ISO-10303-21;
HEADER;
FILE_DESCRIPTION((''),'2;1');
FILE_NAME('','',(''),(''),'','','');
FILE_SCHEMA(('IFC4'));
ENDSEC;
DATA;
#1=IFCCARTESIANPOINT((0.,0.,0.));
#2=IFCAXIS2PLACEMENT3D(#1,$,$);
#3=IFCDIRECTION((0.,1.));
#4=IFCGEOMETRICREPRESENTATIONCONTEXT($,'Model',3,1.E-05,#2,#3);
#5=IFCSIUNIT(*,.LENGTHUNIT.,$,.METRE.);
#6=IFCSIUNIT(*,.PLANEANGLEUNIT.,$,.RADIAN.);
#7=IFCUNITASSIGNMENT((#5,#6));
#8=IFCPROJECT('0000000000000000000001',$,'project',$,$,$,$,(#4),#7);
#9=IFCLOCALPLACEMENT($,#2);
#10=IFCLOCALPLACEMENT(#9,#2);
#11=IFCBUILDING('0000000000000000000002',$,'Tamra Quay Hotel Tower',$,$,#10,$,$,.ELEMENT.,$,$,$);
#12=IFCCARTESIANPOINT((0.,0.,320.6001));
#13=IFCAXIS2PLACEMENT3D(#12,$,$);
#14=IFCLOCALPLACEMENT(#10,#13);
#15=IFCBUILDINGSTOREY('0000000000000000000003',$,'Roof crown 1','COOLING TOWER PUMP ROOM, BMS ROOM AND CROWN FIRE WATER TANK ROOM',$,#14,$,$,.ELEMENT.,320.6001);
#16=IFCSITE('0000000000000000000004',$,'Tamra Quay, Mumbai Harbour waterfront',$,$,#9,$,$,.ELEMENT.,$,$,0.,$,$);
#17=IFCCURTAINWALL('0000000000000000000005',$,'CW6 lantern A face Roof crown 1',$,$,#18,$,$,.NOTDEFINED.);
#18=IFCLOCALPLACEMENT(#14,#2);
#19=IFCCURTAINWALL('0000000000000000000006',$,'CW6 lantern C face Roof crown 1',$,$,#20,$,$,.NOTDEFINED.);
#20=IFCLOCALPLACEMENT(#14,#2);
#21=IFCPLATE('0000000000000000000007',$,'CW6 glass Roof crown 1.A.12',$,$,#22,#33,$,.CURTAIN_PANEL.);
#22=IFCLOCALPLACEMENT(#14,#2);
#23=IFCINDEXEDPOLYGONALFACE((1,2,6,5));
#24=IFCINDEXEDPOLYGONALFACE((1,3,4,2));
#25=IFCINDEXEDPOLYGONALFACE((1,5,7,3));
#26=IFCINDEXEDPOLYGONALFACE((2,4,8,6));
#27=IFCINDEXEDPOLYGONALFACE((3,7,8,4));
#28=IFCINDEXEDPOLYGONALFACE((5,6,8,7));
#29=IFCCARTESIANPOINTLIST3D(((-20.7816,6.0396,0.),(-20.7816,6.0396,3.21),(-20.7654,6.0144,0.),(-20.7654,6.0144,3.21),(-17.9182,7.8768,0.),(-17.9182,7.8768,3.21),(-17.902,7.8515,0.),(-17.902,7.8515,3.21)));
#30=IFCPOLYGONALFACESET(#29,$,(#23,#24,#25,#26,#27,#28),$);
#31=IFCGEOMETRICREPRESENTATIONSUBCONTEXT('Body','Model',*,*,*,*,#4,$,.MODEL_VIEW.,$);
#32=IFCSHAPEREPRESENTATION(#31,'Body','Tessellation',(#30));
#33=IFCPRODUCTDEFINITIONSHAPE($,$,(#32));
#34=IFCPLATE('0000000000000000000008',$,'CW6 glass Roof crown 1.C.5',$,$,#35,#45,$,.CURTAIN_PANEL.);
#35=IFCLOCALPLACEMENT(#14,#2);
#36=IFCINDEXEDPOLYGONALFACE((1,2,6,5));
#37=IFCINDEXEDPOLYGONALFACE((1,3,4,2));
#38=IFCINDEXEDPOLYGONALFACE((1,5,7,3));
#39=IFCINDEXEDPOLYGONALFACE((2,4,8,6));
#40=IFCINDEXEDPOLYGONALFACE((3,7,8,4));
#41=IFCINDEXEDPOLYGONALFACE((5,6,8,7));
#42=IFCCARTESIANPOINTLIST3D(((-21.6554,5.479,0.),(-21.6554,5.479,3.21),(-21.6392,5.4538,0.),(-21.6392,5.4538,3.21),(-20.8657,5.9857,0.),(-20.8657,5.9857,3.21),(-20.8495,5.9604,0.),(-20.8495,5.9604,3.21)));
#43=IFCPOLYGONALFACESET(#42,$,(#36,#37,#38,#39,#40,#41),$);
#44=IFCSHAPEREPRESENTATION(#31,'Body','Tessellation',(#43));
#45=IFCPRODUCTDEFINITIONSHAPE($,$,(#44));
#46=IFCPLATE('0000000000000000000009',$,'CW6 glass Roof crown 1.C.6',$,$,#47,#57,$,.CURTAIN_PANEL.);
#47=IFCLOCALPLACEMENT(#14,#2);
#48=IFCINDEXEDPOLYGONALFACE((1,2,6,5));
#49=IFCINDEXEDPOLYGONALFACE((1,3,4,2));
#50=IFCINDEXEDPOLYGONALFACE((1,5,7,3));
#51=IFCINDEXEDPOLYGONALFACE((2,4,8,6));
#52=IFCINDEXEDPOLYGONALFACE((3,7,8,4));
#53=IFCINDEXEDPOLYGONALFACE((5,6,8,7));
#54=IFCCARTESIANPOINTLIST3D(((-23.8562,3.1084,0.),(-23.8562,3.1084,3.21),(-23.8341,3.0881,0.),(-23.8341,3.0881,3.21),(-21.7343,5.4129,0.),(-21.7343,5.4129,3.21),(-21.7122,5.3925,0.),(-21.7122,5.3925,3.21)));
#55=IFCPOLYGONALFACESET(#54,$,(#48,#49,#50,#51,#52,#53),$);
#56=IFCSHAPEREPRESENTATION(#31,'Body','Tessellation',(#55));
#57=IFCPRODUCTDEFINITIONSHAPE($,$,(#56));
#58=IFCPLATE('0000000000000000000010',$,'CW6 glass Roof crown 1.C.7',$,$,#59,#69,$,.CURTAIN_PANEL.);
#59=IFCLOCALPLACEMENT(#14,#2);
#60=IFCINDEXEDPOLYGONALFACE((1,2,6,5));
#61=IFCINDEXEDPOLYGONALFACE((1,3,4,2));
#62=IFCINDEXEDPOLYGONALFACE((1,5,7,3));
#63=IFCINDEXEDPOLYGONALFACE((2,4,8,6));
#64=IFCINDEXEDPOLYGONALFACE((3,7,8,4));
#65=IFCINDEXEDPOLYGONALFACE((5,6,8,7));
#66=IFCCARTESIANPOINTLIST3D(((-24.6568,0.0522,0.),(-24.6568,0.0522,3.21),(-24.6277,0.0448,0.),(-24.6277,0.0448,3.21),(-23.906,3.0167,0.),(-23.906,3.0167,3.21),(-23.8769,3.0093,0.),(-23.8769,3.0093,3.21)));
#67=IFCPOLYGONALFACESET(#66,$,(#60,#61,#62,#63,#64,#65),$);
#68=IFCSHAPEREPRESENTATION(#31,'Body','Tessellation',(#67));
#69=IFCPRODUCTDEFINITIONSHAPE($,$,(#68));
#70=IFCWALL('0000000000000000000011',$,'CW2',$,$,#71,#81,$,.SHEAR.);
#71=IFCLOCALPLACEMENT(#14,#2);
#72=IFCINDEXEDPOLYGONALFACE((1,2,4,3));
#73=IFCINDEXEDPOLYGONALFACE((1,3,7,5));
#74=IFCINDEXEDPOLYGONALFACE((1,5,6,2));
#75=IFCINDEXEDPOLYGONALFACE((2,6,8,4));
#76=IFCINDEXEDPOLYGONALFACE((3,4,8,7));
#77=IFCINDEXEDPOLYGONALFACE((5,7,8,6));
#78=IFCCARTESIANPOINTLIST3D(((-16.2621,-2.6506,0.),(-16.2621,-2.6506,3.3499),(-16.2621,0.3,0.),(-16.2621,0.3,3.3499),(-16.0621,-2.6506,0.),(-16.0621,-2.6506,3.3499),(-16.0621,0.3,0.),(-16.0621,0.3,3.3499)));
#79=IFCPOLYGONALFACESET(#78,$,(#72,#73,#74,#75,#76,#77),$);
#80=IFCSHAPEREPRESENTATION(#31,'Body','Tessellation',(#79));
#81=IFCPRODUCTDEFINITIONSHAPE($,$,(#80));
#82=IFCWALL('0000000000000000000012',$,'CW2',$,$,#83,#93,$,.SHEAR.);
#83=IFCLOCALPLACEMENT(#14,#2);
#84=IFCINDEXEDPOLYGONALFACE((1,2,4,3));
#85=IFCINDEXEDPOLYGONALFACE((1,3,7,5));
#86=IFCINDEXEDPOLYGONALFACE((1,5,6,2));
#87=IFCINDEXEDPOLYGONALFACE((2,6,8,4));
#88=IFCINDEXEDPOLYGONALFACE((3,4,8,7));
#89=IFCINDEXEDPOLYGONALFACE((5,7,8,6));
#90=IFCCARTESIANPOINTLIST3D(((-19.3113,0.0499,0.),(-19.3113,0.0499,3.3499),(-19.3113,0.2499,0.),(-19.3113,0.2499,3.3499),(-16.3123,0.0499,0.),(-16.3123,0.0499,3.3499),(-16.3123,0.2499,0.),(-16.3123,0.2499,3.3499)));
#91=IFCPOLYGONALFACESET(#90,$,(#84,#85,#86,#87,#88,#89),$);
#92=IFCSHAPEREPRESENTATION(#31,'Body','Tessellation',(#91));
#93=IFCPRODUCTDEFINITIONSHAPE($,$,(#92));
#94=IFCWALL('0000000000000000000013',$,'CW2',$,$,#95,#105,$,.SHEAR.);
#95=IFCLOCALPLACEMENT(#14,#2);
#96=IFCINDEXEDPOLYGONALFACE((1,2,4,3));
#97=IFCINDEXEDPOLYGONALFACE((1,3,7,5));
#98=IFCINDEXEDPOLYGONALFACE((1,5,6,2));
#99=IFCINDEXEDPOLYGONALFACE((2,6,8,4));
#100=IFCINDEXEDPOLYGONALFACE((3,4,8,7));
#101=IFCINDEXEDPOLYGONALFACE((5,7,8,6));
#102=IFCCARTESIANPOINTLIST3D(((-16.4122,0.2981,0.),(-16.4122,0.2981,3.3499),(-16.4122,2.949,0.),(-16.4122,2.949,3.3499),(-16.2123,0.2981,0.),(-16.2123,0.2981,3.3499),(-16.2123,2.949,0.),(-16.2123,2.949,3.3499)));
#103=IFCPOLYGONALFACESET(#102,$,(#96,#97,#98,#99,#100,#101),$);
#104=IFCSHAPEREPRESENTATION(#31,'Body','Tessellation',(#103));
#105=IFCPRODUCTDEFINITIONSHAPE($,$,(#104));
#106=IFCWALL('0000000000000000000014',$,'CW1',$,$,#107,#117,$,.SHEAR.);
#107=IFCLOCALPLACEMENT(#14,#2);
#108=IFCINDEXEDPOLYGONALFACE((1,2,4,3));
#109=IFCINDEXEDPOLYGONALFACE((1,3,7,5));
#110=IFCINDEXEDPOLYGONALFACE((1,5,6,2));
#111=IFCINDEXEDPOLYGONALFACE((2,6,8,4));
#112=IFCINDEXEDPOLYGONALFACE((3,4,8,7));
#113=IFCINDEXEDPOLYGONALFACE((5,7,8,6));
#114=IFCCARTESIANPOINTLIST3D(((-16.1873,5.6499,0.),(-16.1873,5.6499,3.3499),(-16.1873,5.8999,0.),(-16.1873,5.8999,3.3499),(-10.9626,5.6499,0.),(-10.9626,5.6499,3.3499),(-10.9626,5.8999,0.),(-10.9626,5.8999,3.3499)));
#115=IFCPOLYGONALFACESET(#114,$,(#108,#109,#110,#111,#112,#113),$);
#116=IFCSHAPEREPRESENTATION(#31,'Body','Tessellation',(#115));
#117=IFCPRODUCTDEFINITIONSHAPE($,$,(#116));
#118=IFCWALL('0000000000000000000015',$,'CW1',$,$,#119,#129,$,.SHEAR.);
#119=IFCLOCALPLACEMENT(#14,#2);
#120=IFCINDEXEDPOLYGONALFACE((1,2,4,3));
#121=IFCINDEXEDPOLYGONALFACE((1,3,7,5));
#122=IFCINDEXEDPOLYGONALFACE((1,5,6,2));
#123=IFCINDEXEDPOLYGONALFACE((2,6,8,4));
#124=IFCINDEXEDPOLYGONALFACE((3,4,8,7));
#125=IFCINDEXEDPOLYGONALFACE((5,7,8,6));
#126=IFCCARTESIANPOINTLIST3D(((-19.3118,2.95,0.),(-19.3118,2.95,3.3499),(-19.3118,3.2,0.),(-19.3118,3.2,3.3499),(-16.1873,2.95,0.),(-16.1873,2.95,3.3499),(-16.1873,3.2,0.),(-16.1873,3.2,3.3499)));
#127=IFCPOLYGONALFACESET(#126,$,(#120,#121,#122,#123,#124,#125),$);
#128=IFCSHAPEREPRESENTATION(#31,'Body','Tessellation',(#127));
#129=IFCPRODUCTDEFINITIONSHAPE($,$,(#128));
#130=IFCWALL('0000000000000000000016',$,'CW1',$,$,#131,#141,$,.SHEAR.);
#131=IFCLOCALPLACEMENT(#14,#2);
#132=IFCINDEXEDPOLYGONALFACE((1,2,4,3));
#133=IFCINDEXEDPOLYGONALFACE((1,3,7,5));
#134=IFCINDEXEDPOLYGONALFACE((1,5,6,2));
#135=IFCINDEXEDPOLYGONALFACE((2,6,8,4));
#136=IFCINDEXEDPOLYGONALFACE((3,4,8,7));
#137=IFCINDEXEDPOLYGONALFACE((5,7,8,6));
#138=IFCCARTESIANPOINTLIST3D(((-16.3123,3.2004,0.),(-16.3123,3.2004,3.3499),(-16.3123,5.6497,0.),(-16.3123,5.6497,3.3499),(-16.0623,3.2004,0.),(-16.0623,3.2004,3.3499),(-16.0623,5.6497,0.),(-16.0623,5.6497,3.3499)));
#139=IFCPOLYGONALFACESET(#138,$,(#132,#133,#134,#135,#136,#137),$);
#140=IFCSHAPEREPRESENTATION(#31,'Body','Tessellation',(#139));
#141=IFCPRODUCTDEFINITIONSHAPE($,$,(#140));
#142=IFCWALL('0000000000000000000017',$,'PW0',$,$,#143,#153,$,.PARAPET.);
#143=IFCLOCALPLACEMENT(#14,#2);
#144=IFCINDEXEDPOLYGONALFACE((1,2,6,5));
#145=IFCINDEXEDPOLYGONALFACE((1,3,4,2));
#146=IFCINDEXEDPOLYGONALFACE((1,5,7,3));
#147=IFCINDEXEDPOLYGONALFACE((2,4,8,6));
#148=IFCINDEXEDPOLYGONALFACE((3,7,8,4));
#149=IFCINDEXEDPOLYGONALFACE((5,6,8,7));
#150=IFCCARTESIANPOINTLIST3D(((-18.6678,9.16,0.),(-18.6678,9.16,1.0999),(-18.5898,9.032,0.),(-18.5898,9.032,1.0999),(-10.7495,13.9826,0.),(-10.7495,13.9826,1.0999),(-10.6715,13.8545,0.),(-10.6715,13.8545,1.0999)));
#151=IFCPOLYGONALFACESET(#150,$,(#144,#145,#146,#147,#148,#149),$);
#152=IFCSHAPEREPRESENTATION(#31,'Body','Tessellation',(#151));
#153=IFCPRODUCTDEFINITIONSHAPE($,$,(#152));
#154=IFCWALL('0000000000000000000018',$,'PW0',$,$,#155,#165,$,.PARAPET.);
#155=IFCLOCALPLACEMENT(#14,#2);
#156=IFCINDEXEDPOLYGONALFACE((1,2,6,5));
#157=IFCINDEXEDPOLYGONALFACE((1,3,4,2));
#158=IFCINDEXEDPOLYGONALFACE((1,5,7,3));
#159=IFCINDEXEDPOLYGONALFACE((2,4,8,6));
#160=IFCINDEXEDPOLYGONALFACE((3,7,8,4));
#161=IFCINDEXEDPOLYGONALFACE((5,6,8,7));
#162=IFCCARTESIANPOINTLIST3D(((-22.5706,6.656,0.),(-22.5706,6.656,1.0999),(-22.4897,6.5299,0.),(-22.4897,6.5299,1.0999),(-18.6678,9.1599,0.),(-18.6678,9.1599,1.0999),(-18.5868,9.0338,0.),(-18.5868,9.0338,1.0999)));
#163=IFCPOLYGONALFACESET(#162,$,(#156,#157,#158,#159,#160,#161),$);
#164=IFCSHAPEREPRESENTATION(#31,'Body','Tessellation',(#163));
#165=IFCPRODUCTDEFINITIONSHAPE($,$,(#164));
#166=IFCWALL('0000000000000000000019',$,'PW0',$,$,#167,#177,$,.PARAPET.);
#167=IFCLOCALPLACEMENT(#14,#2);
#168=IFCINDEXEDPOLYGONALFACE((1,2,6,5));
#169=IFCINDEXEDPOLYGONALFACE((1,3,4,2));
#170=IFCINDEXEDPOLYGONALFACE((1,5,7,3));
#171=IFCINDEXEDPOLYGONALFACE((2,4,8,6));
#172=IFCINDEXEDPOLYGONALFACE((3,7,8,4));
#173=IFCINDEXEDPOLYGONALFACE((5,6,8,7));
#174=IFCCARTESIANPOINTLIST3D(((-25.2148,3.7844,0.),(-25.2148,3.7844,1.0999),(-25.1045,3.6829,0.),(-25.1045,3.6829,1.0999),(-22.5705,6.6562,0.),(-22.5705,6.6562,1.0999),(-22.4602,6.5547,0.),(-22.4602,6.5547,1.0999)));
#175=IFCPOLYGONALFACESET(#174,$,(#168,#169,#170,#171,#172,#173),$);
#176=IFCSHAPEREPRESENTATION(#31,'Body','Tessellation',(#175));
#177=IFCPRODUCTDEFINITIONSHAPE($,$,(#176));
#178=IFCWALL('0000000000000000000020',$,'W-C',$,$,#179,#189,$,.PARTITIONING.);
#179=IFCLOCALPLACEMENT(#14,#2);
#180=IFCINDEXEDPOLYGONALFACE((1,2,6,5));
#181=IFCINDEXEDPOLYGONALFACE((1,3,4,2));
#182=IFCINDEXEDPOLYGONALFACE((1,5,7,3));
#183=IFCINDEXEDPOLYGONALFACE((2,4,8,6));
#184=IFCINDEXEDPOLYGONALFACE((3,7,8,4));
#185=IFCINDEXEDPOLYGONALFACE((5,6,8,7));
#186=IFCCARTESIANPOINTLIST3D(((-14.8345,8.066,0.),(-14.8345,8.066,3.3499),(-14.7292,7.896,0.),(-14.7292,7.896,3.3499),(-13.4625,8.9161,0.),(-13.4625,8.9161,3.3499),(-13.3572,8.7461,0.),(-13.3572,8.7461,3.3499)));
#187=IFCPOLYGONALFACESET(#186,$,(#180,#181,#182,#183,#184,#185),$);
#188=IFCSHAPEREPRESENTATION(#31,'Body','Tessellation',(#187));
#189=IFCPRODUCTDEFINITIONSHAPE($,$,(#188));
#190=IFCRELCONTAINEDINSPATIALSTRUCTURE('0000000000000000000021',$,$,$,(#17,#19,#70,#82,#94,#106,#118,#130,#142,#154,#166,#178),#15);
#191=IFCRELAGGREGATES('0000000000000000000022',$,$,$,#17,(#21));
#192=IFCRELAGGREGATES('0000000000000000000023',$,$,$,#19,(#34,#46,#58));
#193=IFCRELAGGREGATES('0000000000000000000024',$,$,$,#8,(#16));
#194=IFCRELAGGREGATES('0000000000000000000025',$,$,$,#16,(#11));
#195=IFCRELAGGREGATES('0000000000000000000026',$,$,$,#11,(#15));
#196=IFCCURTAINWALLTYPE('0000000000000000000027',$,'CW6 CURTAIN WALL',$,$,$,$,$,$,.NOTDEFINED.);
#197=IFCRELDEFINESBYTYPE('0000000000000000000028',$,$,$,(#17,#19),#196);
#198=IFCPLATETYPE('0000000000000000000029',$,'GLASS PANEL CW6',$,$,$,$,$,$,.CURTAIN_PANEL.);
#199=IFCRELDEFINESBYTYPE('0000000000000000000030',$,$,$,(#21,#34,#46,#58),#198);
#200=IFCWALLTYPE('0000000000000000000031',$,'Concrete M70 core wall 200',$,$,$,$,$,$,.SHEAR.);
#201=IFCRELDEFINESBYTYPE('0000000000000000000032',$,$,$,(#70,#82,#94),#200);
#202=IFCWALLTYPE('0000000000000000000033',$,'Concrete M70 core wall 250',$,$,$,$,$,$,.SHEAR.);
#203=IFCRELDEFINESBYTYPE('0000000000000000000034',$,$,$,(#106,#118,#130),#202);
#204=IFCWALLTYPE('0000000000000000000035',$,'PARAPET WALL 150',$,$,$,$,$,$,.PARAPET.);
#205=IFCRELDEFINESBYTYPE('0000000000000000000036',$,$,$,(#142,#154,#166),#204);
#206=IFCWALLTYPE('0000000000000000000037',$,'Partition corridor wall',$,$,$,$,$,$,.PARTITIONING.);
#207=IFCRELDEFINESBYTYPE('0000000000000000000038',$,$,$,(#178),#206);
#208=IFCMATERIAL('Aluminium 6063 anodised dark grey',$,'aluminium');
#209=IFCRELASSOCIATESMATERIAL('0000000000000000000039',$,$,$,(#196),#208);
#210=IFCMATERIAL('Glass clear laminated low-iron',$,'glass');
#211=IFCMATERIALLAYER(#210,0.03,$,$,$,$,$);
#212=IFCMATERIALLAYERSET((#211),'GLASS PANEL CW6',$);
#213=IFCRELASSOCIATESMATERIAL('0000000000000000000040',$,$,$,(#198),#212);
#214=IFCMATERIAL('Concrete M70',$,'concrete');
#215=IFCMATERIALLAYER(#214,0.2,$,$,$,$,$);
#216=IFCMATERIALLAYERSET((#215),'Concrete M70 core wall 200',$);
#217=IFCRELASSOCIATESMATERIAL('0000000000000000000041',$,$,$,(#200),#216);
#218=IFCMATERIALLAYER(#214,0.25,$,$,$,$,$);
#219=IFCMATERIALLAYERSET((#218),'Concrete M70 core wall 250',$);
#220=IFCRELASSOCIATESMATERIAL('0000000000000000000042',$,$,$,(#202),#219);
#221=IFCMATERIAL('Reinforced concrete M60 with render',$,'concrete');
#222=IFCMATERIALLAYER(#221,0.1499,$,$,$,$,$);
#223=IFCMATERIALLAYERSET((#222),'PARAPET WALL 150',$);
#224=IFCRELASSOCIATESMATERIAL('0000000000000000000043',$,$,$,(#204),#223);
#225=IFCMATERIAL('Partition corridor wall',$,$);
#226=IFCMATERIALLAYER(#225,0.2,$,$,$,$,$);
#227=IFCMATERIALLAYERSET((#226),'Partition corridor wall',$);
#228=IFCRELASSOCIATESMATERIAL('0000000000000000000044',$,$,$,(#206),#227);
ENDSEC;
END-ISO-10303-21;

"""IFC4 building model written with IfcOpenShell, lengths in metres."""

from ifc_helpers import new_model, si_unit, direction, frame, frame_2d, origin, origin_2d, place, context, subcontext, project, spatial, rectangle, extrude, material, layer, layer_set, type_object, element, aggregate, save


model = new_model("IFC4")

# Units and contexts
model_context = context("Model", 3, precision=1e-05, world=origin(), true_north=direction((0.0, 1.0)))
body_context = subcontext(model_context, "Body", "Model", "MODEL_VIEW")
ifc_project = project(units=[si_unit("LENGTHUNIT", "METRE"), si_unit("PLANEANGLEUNIT", "RADIAN")], contexts=[model_context])

# Site, building, storey
site_placement = place(None, origin())
site = spatial("IfcSite", under=ifc_project, at=site_placement, Name="Tamra Quay, Mumbai Harbour waterfront", CompositionType="ELEMENT", RefElevation=0.0)
building_placement = place(site_placement, origin())
building = spatial("IfcBuilding", under=site, at=building_placement, Name="Tamra Quay Hotel Tower", CompositionType="ELEMENT")
storey_placement = place(building_placement, frame((0.0, 0.0, 320.6001)))
storey = spatial("IfcBuildingStorey", under=building, at=storey_placement, Name="Roof crown 1", Description="COOLING TOWER PUMP ROOM, BMS ROOM AND CROWN FIRE WATER TANK ROOM", CompositionType="ELEMENT", Elevation=320.6001)

# Curtain walls
ifc_material_1 = material(Name="Aluminium 6063 anodised dark grey", Category="aluminium")
curtain_wall_type = type_object("IfcCurtainWallType", Name="CW6 CURTAIN WALL", PredefinedType="NOTDEFINED", material=ifc_material_1)
curtain_wall_1_placement = place(storey_placement, origin())
curtain_wall_1 = element("IfcCurtainWall", 1, at=curtain_wall_1_placement, inside=storey, type_object=curtain_wall_type, Name="CW6 lantern A face Roof crown 1", PredefinedType="NOTDEFINED")
curtain_wall_2_placement = place(storey_placement, origin())
curtain_wall_2 = element("IfcCurtainWall", 2, at=curtain_wall_2_placement, inside=storey, type_object=curtain_wall_type, Name="CW6 lantern C face Roof crown 1", PredefinedType="NOTDEFINED")

# Plates
ifc_material_2 = material(Name="Glass clear laminated low-iron", Category="glass")
ifc_layer_1 = layer(ifc_material_2, 0.03)
ifc_layer_set_1 = layer_set([ifc_layer_1], Name="GLASS PANEL CW6")
plate_type = type_object("IfcPlateType", Name="GLASS PANEL CW6", PredefinedType="CURTAIN_PANEL", material=ifc_layer_set_1)
plate_1_placement = place(storey_placement, frame((-19.3418, 6.9456, 0.0), z_axis=(0.0, 0.0, 1.0), x_axis=(-0.841665, -0.54, 0.0)))
plate_1 = element("IfcPlate", 3, at=plate_1_placement, type_object=plate_type, Name="CW6 glass Roof crown 1.A.12", PredefinedType="CURTAIN_PANEL", context=body_context, shape_type="SweptSolid", body=[
    extrude(rectangle(XDim=3.4021, YDim=0.03, at=origin_2d()), origin(), (0.0, 0.0, 1.0), 3.21),
])
aggregate(curtain_wall_1, [plate_1])
plate_2_placement = place(storey_placement, frame((-21.2524, 5.7197, 0.0), z_axis=(0.0, 0.0, 1.0), x_axis=(-0.841665, -0.54, 0.0)))
plate_2 = element("IfcPlate", 4, at=plate_2_placement, type_object=plate_type, Name="CW6 glass Roof crown 1.C.5", PredefinedType="CURTAIN_PANEL", context=body_context, shape_type="SweptSolid", body=[
    extrude(rectangle(XDim=0.9382, YDim=0.03, at=origin_2d()), origin(), (0.0, 0.0, 1.0), 3.21),
])
plate_3_placement = place(storey_placement, frame((-22.7842, 4.2505, 0.0), z_axis=(0.0, 0.0, 1.0), x_axis=(-0.677376, -0.735637, 0.0)))
plate_3 = element("IfcPlate", 5, at=plate_3_placement, type_object=plate_type, Name="CW6 glass Roof crown 1.C.6", PredefinedType="CURTAIN_PANEL", context=body_context, shape_type="SweptSolid", body=[
    extrude(rectangle(XDim=3.1326, YDim=0.03, at=origin_2d()), origin(), (0.0, 0.0, 1.0), 3.21),
])
plate_4_placement = place(storey_placement, frame((-24.2668, 1.5308, 0.0), z_axis=(0.0, 0.0, 1.0), x_axis=(-0.245527, -0.96939, 0.0)))
plate_4 = element("IfcPlate", 6, at=plate_4_placement, type_object=plate_type, Name="CW6 glass Roof crown 1.C.7", PredefinedType="CURTAIN_PANEL", context=body_context, shape_type="SweptSolid", body=[
    extrude(rectangle(XDim=3.0581, YDim=0.03, at=origin_2d()), origin(), (0.0, 0.0, 1.0), 3.21),
])
aggregate(curtain_wall_2, [plate_2, plate_3, plate_4])

# Walls
ifc_material_3 = material(Name="Concrete M70", Category="concrete")
ifc_layer_2 = layer(ifc_material_3, 0.2)
ifc_layer_set_2 = layer_set([ifc_layer_2], Name="Concrete M70 core wall 200")
wall_type_1 = type_object("IfcWallType", Name="Concrete M70 core wall 200", PredefinedType="SHEAR", material=ifc_layer_set_2)
wall_1_placement = place(storey_placement, frame((-16.1621, 0.3, 0.0), z_axis=(0.0, 0.0, 1.0), x_axis=(0.0, -1.0, 0.0)))
element("IfcWall", 7, at=wall_1_placement, inside=storey, type_object=wall_type_1, Name="CW2", PredefinedType="SHEAR", context=body_context, shape_type="SweptSolid", body=[
    extrude(rectangle(XDim=2.9507, YDim=0.2, at=frame_2d((1.4753, 0.0))), origin(), (0.0, 0.0, 1.0), 3.3499),
])
wall_2_placement = place(storey_placement, frame((-16.3123, 0.1499, 0.0), z_axis=(0.0, 0.0, 1.0), x_axis=(-1.0, 0.0, 0.0)))
element("IfcWall", 8, at=wall_2_placement, inside=storey, type_object=wall_type_1, Name="CW2", PredefinedType="SHEAR", context=body_context, shape_type="SweptSolid", body=[
    extrude(rectangle(XDim=2.999, YDim=0.2, at=frame_2d((1.4995, 0.0))), origin(), (0.0, 0.0, 1.0), 3.3499),
])
wall_3_placement = place(storey_placement, frame((-16.3123, 2.949, 0.0), z_axis=(0.0, 0.0, 1.0), x_axis=(0.0, -1.0, 0.0)))
element("IfcWall", 9, at=wall_3_placement, inside=storey, type_object=wall_type_1, Name="CW2", PredefinedType="SHEAR", context=body_context, shape_type="SweptSolid", body=[
    extrude(rectangle(XDim=2.6509, YDim=0.2, at=frame_2d((1.3254, 0.0))), origin(), (0.0, 0.0, 1.0), 3.3499),
])
ifc_layer_3 = layer(ifc_material_3, 0.25)
ifc_layer_set_3 = layer_set([ifc_layer_3], Name="Concrete M70 core wall 250")
wall_type_2 = type_object("IfcWallType", Name="Concrete M70 core wall 250", PredefinedType="SHEAR", material=ifc_layer_set_3)
wall_4_placement = place(storey_placement, frame((-16.1873, 5.7749, 0.0), z_axis=(0.0, 0.0, 1.0), x_axis=(1.0, 0.0, 0.0)))
element("IfcWall", 10, at=wall_4_placement, inside=storey, type_object=wall_type_2, Name="CW1", PredefinedType="SHEAR", context=body_context, shape_type="SweptSolid", body=[
    extrude(rectangle(XDim=5.2246, YDim=0.25, at=frame_2d((2.6123, 0.0))), origin(), (0.0, 0.0, 1.0), 3.3499),
])
wall_5_placement = place(storey_placement, frame((-19.3118, 3.075, 0.0), z_axis=(0.0, 0.0, 1.0), x_axis=(1.0, 0.0, 0.0)))
element("IfcWall", 11, at=wall_5_placement, inside=storey, type_object=wall_type_2, Name="CW1", PredefinedType="SHEAR", context=body_context, shape_type="SweptSolid", body=[
    extrude(rectangle(XDim=3.1245, YDim=0.25, at=frame_2d((1.5623, 0.0))), origin(), (0.0, 0.0, 1.0), 3.3499),
])
wall_6_placement = place(storey_placement, frame((-16.1873, 3.2004, 0.0), z_axis=(0.0, 0.0, 1.0), x_axis=(0.0, 1.0, 0.0)))
element("IfcWall", 12, at=wall_6_placement, inside=storey, type_object=wall_type_2, Name="CW1", PredefinedType="SHEAR", context=body_context, shape_type="SweptSolid", body=[
    extrude(rectangle(XDim=2.4492, YDim=0.25, at=frame_2d((1.2246, 0.0))), origin(), (0.0, 0.0, 1.0), 3.3499),
])
ifc_material_4 = material(Name="Reinforced concrete M60 with render", Category="concrete")
ifc_layer_4 = layer(ifc_material_4, 0.1499)
ifc_layer_set_4 = layer_set([ifc_layer_4], Name="PARAPET WALL 150")
wall_type_3 = type_object("IfcWallType", Name="PARAPET WALL 150", PredefinedType="PARAPET", material=ifc_layer_set_4)
wall_7_placement = place(storey_placement, frame((-18.6289, 9.0959, 0.0), z_axis=(0.0, 0.0, 1.0), x_axis=(0.854068, 0.520162, 0.0)))
element("IfcWall", 13, at=wall_7_placement, inside=storey, type_object=wall_type_3, Name="PW0", PredefinedType="PARAPET", context=body_context, shape_type="SweptSolid", body=[
    extrude(rectangle(XDim=9.2712, YDim=0.1499, at=frame_2d((4.6357, 0.0))), origin(), (0.0, 0.0, 1.0), 1.0999),
])
wall_8_placement = place(storey_placement, frame((-22.53, 6.593, 0.0), z_axis=(0.0, 0.0, 1.0), x_axis=(0.841674, 0.539986, 0.0)))
element("IfcWall", 14, at=wall_8_placement, inside=storey, type_object=wall_type_3, Name="PW0", PredefinedType="PARAPET", context=body_context, shape_type="SweptSolid", body=[
    extrude(rectangle(XDim=4.637, YDim=0.1499, at=frame_2d((2.3184, 0.0))), origin(), (0.0, 0.0, 1.0), 1.0999),
])
wall_9_placement = place(storey_placement, frame((-25.1597, 3.7336, 0.0), z_axis=(0.0, 0.0, 1.0), x_axis=(0.677363, 0.735649, 0.0)))
element("IfcWall", 15, at=wall_9_placement, inside=storey, type_object=wall_type_3, Name="PW0", PredefinedType="PARAPET", context=body_context, shape_type="SweptSolid", body=[
    extrude(rectangle(XDim=3.9038, YDim=0.1499, at=frame_2d((1.9519, 0.0))), origin(), (0.0, 0.0, 1.0), 1.0999),
])
ifc_material_5 = material(Name="Partition corridor wall")
ifc_layer_5 = layer(ifc_material_5, 0.2)
ifc_layer_set_5 = layer_set([ifc_layer_5], Name="Partition corridor wall")
wall_type_4 = type_object("IfcWallType", Name="Partition corridor wall", PredefinedType="PARTITIONING", material=ifc_layer_set_5)
wall_10_placement = place(storey_placement, frame((-14.782, 7.981, 0.0), z_axis=(0.0, 0.0, 1.0), x_axis=(0.850065, 0.526677, 0.0)))
element("IfcWall", 16, at=wall_10_placement, inside=storey, type_object=wall_type_4, Name="W-C", PredefinedType="PARTITIONING", context=body_context, shape_type="SweptSolid", body=[
    extrude(rectangle(XDim=1.614, YDim=0.2, at=frame_2d((0.8071, 0.0))), origin(), (0.0, 0.0, 1.0), 3.3499),
])

save(model, "model.ifc")
